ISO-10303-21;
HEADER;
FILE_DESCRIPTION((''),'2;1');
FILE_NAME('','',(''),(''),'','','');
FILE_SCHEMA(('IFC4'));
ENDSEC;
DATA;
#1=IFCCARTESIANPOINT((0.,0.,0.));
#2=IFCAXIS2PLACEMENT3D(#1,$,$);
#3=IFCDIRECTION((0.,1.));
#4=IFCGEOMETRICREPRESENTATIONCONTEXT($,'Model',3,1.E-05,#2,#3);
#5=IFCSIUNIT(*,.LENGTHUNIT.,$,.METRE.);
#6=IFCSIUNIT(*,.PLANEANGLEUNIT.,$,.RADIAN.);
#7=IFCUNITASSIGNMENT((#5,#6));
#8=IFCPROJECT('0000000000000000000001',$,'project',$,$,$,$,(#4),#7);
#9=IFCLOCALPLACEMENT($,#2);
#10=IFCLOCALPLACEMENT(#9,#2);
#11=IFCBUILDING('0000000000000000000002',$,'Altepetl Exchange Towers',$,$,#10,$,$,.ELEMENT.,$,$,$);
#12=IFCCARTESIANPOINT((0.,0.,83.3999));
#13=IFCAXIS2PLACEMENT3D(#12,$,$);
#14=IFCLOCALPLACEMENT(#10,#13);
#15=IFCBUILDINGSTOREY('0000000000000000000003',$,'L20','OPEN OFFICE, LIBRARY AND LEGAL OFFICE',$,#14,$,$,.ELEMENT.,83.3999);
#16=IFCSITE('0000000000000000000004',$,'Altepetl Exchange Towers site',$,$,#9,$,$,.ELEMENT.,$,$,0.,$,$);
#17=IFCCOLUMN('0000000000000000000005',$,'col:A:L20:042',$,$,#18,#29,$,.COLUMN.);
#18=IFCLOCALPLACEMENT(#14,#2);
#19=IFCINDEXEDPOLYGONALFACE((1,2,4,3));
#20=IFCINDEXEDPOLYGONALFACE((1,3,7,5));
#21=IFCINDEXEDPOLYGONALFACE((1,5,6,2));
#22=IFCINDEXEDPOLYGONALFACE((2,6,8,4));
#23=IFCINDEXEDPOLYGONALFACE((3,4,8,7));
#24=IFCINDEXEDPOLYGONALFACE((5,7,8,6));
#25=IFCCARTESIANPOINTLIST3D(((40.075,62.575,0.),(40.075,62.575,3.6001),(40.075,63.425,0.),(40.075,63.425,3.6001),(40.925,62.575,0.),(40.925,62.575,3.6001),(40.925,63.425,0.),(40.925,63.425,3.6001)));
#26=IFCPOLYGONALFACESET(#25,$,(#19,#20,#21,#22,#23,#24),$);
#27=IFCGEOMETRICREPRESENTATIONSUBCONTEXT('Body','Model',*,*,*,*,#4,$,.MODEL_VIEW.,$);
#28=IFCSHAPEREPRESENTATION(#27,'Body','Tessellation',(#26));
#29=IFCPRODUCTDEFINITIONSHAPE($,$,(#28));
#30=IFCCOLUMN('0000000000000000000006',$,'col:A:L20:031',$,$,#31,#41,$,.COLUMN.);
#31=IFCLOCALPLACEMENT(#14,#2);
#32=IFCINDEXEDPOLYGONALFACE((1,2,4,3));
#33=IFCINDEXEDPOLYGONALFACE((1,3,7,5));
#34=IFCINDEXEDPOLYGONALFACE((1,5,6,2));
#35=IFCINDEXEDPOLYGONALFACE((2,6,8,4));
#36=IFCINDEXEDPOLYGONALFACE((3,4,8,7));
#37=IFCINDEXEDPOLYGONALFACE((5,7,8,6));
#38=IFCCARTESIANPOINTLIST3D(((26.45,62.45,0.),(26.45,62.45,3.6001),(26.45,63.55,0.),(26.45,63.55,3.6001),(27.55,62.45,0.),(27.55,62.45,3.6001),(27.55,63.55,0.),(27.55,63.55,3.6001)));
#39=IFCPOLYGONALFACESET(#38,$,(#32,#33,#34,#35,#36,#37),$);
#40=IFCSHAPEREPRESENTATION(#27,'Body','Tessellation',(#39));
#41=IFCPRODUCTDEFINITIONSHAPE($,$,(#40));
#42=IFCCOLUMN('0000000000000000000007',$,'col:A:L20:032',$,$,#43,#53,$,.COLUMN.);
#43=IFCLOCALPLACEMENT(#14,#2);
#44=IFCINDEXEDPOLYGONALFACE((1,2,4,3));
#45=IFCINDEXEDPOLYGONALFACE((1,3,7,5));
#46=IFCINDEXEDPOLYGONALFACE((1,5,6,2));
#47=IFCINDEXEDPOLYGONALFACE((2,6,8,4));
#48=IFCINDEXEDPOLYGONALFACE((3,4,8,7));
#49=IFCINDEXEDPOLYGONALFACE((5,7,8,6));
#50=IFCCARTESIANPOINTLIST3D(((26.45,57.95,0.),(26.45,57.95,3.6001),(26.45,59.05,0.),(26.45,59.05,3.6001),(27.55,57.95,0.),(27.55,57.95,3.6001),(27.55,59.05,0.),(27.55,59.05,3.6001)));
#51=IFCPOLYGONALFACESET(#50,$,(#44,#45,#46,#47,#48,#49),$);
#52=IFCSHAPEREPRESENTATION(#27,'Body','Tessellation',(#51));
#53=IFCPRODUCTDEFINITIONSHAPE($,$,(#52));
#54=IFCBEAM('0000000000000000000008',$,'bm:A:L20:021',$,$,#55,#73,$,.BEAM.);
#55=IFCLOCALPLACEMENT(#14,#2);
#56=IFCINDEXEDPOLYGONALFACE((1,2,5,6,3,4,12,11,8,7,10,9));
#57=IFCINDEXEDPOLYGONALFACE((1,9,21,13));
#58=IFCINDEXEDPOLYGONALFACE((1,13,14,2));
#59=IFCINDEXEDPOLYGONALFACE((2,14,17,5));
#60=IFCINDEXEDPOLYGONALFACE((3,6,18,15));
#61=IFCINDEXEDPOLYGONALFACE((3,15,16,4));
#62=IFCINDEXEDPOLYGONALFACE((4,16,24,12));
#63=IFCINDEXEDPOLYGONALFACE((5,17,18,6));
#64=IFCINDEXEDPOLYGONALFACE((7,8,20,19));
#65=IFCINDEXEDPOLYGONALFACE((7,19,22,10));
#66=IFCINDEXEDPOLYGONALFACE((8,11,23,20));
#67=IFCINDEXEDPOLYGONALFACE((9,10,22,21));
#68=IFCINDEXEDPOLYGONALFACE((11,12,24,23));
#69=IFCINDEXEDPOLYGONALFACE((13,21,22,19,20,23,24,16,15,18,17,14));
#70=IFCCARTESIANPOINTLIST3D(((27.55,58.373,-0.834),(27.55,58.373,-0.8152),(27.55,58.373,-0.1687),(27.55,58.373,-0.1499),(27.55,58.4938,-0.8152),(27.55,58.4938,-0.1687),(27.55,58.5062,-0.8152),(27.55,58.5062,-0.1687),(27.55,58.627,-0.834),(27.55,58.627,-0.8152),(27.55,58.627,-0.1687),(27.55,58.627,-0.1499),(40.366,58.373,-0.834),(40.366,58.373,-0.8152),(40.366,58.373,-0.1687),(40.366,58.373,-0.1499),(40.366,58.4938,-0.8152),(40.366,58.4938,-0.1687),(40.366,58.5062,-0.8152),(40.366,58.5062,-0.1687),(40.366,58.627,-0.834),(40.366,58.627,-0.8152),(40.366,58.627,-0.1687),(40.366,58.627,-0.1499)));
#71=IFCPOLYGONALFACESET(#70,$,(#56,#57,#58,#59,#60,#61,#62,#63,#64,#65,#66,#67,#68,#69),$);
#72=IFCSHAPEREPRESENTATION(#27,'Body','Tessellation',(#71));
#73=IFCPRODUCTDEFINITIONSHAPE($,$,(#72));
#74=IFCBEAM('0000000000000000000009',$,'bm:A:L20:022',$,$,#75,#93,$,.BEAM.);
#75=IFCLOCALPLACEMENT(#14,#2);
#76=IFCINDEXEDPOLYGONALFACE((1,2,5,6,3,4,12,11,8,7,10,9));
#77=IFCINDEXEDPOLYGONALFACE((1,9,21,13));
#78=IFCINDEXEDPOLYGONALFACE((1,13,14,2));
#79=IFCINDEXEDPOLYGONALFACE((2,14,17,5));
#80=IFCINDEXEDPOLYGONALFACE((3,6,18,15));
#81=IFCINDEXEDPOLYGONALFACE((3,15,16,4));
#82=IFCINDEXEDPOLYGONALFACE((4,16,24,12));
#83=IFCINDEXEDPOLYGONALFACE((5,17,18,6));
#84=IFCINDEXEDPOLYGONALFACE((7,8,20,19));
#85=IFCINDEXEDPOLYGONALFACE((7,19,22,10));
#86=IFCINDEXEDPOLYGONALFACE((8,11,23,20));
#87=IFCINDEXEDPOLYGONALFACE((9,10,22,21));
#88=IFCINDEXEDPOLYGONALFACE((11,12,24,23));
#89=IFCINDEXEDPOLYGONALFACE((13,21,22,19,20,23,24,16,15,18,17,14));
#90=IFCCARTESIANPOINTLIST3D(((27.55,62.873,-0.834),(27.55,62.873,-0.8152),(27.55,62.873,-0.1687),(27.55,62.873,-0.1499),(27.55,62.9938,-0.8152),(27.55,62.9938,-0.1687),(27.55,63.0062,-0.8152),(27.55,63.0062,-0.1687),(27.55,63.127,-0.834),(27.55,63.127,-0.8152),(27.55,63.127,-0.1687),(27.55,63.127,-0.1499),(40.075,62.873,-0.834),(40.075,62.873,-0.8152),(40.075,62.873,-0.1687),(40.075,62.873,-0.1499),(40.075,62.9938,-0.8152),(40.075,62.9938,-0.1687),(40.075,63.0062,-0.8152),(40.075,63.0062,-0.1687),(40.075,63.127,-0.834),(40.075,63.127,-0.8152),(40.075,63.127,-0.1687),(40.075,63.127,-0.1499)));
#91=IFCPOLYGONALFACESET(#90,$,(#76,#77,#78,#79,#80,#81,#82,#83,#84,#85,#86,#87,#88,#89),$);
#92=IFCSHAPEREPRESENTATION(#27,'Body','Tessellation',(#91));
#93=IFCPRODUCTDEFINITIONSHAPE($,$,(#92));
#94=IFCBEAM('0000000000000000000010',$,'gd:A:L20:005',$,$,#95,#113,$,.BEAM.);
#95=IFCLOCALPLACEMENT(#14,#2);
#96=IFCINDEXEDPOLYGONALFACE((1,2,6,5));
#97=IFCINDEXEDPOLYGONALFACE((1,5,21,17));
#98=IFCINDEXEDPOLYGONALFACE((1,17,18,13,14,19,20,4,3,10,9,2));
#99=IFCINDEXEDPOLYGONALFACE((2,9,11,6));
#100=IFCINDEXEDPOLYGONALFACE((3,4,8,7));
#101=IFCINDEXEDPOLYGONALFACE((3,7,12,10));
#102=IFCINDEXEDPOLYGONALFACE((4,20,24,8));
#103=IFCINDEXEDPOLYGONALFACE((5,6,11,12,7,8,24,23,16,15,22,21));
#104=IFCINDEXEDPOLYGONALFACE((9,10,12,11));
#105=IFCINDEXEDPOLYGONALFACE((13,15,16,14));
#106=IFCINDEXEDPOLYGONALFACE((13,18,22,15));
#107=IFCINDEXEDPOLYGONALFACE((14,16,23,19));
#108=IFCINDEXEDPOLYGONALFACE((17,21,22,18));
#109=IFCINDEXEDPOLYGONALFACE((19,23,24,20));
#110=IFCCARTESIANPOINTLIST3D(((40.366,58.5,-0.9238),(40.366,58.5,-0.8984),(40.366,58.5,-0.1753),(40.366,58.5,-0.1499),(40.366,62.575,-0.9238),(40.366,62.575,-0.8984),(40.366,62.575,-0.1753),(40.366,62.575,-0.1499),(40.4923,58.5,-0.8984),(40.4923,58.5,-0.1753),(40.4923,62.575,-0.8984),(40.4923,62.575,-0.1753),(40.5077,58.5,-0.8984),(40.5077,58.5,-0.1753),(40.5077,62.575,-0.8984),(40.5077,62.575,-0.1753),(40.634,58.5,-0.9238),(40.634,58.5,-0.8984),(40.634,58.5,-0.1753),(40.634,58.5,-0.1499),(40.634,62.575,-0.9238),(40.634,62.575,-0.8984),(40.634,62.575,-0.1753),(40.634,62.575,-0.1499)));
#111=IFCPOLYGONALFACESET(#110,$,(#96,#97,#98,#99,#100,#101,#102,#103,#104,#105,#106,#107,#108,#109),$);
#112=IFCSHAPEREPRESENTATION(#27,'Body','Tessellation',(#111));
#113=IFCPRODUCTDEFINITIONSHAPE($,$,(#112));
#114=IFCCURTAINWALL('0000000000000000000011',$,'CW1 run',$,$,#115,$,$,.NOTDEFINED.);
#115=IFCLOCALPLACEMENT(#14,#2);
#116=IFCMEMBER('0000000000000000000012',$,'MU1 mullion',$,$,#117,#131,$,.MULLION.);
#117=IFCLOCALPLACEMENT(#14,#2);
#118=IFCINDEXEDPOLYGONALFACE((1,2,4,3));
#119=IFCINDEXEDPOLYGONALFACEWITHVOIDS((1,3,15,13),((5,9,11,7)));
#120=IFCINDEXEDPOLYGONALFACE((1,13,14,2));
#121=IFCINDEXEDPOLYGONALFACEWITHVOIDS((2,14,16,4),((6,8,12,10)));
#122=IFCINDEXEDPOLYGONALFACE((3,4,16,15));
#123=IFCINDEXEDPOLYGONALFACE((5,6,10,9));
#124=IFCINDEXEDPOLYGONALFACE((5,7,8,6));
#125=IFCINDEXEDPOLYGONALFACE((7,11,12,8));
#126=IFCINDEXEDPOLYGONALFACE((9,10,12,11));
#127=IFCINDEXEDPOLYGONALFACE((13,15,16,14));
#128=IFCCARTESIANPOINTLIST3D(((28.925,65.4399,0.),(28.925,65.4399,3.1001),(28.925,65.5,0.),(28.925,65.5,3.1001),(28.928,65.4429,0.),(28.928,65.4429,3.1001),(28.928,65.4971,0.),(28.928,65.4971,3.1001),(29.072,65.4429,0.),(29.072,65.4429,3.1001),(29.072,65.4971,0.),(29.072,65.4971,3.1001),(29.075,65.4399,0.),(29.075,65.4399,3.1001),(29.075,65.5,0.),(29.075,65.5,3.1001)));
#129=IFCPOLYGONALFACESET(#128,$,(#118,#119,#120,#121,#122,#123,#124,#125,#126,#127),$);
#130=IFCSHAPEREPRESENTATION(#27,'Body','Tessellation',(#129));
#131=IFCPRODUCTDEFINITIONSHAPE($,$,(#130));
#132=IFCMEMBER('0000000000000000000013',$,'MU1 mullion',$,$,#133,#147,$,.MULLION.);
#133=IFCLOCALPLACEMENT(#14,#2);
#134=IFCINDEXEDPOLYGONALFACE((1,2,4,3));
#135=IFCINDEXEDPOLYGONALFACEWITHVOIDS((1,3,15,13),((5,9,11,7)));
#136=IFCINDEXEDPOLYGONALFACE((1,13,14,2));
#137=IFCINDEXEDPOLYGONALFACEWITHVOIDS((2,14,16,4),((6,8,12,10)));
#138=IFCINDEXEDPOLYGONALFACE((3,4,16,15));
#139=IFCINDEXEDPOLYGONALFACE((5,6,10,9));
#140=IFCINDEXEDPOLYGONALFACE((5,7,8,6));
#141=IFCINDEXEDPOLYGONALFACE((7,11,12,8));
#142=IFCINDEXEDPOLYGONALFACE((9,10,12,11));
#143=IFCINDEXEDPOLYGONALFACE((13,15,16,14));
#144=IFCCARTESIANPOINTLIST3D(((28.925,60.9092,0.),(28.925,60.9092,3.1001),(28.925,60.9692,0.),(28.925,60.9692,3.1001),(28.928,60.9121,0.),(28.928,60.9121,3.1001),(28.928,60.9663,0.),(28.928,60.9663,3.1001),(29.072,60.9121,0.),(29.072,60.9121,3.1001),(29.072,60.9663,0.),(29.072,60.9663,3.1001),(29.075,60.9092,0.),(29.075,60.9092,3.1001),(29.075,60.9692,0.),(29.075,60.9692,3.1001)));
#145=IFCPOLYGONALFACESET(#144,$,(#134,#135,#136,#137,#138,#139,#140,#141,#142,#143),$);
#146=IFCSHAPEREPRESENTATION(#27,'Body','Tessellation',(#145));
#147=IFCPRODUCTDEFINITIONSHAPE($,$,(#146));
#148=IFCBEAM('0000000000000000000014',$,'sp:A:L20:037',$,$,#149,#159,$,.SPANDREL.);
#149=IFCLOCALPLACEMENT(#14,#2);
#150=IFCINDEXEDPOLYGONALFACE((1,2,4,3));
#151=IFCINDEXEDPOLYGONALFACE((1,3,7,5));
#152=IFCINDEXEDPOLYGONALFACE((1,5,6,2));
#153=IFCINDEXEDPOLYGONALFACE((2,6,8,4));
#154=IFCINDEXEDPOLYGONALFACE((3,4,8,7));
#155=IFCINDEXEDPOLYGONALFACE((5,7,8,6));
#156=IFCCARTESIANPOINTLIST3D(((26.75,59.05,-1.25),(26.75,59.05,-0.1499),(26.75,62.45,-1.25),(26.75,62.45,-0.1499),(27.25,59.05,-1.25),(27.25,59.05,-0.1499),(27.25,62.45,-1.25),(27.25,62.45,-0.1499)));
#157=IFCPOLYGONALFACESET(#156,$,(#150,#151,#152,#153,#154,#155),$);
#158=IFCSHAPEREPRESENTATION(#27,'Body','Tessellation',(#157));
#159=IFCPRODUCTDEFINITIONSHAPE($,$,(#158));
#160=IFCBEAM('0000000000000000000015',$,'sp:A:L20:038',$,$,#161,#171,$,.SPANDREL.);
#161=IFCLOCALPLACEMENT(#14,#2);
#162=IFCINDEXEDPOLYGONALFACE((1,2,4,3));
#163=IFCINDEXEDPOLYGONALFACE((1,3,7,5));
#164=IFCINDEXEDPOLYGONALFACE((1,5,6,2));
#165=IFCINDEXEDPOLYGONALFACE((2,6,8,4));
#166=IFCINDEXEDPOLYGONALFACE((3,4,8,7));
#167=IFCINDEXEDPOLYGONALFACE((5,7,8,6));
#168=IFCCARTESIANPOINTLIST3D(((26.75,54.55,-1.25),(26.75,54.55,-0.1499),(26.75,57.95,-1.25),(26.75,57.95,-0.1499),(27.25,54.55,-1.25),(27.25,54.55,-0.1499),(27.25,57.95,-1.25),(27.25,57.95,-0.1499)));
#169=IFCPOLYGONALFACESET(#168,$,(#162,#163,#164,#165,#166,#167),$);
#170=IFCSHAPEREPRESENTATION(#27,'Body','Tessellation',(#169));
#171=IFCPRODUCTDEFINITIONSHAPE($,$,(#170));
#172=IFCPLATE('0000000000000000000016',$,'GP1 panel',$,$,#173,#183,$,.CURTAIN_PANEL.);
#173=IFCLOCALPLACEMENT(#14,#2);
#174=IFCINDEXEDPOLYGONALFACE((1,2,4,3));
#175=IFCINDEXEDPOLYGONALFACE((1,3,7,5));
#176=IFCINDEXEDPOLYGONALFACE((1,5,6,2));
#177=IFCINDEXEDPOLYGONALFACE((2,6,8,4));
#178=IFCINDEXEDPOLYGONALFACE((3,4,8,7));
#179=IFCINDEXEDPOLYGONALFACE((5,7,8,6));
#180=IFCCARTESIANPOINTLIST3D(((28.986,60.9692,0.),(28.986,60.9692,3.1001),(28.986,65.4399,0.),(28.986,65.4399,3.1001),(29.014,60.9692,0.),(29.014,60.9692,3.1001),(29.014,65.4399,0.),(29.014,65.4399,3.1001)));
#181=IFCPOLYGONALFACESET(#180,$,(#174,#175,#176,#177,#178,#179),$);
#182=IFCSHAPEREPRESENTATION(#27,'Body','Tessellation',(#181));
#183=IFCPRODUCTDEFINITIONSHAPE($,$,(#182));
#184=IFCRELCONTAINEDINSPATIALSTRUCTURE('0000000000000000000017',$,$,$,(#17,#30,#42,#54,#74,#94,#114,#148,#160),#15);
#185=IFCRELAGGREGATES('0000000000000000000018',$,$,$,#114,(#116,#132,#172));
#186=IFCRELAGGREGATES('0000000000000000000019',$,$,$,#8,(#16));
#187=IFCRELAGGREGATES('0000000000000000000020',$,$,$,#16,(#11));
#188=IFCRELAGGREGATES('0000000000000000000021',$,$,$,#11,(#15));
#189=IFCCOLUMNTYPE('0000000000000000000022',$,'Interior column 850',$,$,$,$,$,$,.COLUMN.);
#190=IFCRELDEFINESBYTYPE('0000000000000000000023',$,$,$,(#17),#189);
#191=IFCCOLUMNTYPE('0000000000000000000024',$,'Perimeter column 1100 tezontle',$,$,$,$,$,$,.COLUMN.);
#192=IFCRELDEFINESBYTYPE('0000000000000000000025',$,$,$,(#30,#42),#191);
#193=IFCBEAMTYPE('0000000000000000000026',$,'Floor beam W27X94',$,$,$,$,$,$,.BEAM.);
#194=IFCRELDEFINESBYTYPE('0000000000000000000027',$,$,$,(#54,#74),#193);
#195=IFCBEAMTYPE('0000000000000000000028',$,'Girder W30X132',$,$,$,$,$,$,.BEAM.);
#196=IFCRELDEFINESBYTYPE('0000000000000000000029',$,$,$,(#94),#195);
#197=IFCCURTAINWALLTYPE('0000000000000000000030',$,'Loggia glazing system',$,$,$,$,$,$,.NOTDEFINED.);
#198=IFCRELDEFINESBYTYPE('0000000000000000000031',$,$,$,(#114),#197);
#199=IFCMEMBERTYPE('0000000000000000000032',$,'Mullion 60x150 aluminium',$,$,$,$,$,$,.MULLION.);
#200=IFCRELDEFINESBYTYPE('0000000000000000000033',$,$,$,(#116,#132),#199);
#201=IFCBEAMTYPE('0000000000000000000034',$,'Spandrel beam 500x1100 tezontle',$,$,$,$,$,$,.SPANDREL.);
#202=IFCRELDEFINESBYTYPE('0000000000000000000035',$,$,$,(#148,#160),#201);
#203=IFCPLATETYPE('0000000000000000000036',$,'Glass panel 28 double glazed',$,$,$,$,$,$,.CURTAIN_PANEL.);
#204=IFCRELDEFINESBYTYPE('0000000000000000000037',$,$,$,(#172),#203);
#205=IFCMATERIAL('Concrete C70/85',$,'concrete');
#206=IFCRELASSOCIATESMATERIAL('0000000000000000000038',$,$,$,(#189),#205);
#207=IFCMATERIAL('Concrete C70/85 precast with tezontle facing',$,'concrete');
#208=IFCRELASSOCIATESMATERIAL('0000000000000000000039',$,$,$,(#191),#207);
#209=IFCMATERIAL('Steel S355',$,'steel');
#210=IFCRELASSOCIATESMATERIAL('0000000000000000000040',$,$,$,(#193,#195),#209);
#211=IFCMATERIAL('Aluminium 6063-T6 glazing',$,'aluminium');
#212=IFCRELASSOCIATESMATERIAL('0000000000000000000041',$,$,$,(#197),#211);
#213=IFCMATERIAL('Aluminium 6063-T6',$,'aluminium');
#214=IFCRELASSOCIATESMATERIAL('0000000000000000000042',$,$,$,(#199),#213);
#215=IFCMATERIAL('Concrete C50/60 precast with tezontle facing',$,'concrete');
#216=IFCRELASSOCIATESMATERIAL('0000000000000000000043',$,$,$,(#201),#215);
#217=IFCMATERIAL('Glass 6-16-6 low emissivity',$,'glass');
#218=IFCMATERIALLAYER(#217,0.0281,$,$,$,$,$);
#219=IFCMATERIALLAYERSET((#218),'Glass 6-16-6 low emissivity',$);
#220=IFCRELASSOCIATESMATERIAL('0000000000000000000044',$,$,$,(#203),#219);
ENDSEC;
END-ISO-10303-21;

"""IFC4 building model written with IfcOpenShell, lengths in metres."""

from ifc_helpers import new_model, si_unit, direction, frame, origin, origin_2d, place, context, subcontext, project, spatial, rectangle, hollow_rectangle, i_section, extrude, material, layer, layer_set, material_profile, profile_set, type_object, element, aggregate, save


model = new_model("IFC4")

# Units and contexts
model_context = context("Model", 3, precision=1e-05, world=origin(), true_north=direction((0.0, 1.0)))
body_context = subcontext(model_context, "Body", "Model", "MODEL_VIEW")
ifc_project = project(units=[si_unit("LENGTHUNIT", "METRE"), si_unit("PLANEANGLEUNIT", "RADIAN")], contexts=[model_context])

# Site, building, storey
site_placement = place(None, origin())
site = spatial("IfcSite", under=ifc_project, at=site_placement, Name="Altepetl Exchange Towers site", CompositionType="ELEMENT", RefElevation=0.0)
building_placement = place(site_placement, origin())
building = spatial("IfcBuilding", under=site, at=building_placement, Name="Altepetl Exchange Towers", CompositionType="ELEMENT")
storey_placement = place(building_placement, frame((0.0, 0.0, 83.3999)))
storey = spatial("IfcBuildingStorey", under=building, at=storey_placement, Name="L20", Description="OPEN OFFICE, LIBRARY AND LEGAL OFFICE", CompositionType="ELEMENT", Elevation=83.3999)

# Columns
ifc_material_1 = material(Name="Concrete C70/85", Category="concrete")
ifc_material_profile_1 = material_profile(ifc_material_1, rectangle(XDim=0.8501, YDim=0.8501, at=origin_2d()), Name="850 x 850")
ifc_profile_set_1 = profile_set([ifc_material_profile_1], Name="Concrete C70/85")
column_type_1 = type_object("IfcColumnType", Name="Interior column 850", PredefinedType="COLUMN", material=ifc_profile_set_1)
column_placement = place(storey_placement, frame((40.5, 63.0, 0.0)))
element("IfcColumn", 1, at=column_placement, inside=storey, type_object=column_type_1, Name="col:A:L20:042", PredefinedType="COLUMN", context=body_context, shape_type="SweptSolid", body=[
    extrude(rectangle(XDim=0.8501, YDim=0.8501, at=origin_2d()), origin(), (0.0, 0.0, 1.0), 3.6001),
])
ifc_material_2 = material(Name="Concrete C70/85 precast with tezontle facing", Category="concrete")
ifc_material_profile_2 = material_profile(ifc_material_2, rectangle(XDim=1.1001, YDim=1.1001, at=origin_2d()), Name="1100 x 1100")
ifc_profile_set_2 = profile_set([ifc_material_profile_2], Name="Concrete C70/85 precast with tezontle facing")
column_type_2 = type_object("IfcColumnType", Name="Perimeter column 1100 tezontle", PredefinedType="COLUMN", material=ifc_profile_set_2)
for number, where, name in (
    (2, (27.0, 63.0, 0.0), "col:A:L20:031"),
    (3, (27.0, 58.5, 0.0), "col:A:L20:032"),
):
    element("IfcColumn", number, at=place(storey_placement, frame(where)), inside=storey, type_object=column_type_2, Name=name, PredefinedType="COLUMN", context=body_context, shape_type="SweptSolid", body=[
        extrude(rectangle(XDim=1.1001, YDim=1.1001, at=origin_2d()), origin(), (0.0, 0.0, 1.0), 3.6001),
    ])

# Beams
ifc_material_3 = material(Name="Steel S355", Category="steel")
ifc_material_profile_3 = material_profile(ifc_material_3, i_section(OverallWidth=0.2539, OverallDepth=0.6841, WebThickness=0.0125, FlangeThickness=0.0188, at=origin_2d()), Name="W27X94")
ifc_profile_set_3 = profile_set([ifc_material_profile_3], Name="Steel S355")
beam_type_1 = type_object("IfcBeamType", Name="Floor beam W27X94", PredefinedType="BEAM", material=ifc_profile_set_3)
beam_1_placement = place(storey_placement, frame((27.55, 58.5, -0.4919), z_axis=(1.0, 0.0, 0.0), x_axis=(0.0, 1.0, 0.0)))
element("IfcBeam", 4, at=beam_1_placement, inside=storey, type_object=beam_type_1, Name="bm:A:L20:021", PredefinedType="BEAM", context=body_context, shape_type="SweptSolid", body=[
    extrude(i_section(OverallWidth=0.2539, OverallDepth=0.6841, WebThickness=0.0125, FlangeThickness=0.0188, at=origin_2d()), origin(), (0.0, 0.0, 1.0), 12.8159),
])
beam_2_placement = place(storey_placement, frame((27.55, 63.0, -0.4919), z_axis=(1.0, 0.0, 0.0), x_axis=(0.0, 1.0, 0.0)))
element("IfcBeam", 5, at=beam_2_placement, inside=storey, type_object=beam_type_1, Name="bm:A:L20:022", PredefinedType="BEAM", context=body_context, shape_type="SweptSolid", body=[
    extrude(i_section(OverallWidth=0.2539, OverallDepth=0.6841, WebThickness=0.0125, FlangeThickness=0.0188, at=origin_2d()), origin(), (0.0, 0.0, 1.0), 12.5249),
])
ifc_material_profile_4 = material_profile(ifc_material_3, i_section(OverallWidth=0.2681, OverallDepth=0.7739, WebThickness=0.0154, FlangeThickness=0.0254, at=origin_2d()), Name="W30X132")
ifc_profile_set_4 = profile_set([ifc_material_profile_4], Name="Steel S355")
beam_type_2 = type_object("IfcBeamType", Name="Girder W30X132", PredefinedType="BEAM", material=ifc_profile_set_4)
beam_3_placement = place(storey_placement, frame((40.5, 62.575, -0.5369), z_axis=(0.0, -1.0, 0.0), x_axis=(1.0, 0.0, 0.0)))
element("IfcBeam", 6, at=beam_3_placement, inside=storey, type_object=beam_type_2, Name="gd:A:L20:005", PredefinedType="BEAM", context=body_context, shape_type="SweptSolid", body=[
    extrude(i_section(OverallWidth=0.2681, OverallDepth=0.7739, WebThickness=0.0154, FlangeThickness=0.0254, at=origin_2d()), origin(), (0.0, 0.0, 1.0), 4.075),
])

# Curtain wall, members
ifc_material_4 = material(Name="Aluminium 6063-T6 glazing", Category="aluminium")
curtain_wall_type = type_object("IfcCurtainWallType", Name="Loggia glazing system", PredefinedType="NOTDEFINED", material=ifc_material_4)
curtain_wall_placement = place(storey_placement, origin())
curtain_wall = element("IfcCurtainWall", 7, at=curtain_wall_placement, inside=storey, type_object=curtain_wall_type, Name="CW1 run", PredefinedType="NOTDEFINED")
ifc_material_5 = material(Name="Aluminium 6063-T6", Category="aluminium")
ifc_material_profile_5 = material_profile(ifc_material_5, hollow_rectangle(XDim=0.0601, YDim=0.1499, WallThickness=0.0029, at=origin_2d()), Name="Mullion 60x150 aluminium")
ifc_profile_set_5 = profile_set([ifc_material_profile_5], Name="Aluminium 6063-T6")
member_type = type_object("IfcMemberType", Name="Mullion 60x150 aluminium", PredefinedType="MULLION", material=ifc_profile_set_5)
member_1_placement = place(storey_placement, frame((29.0, 65.47, 0.0), z_axis=(0.0, 0.0, 1.0), x_axis=(0.0, -1.0, 0.0)))
member_1 = element("IfcMember", 8, at=member_1_placement, type_object=member_type, Name="MU1 mullion", PredefinedType="MULLION", context=body_context, shape_type="SweptSolid", body=[
    extrude(hollow_rectangle(XDim=0.0601, YDim=0.1499, WallThickness=0.0029, at=origin_2d()), origin(), (0.0, 0.0, 1.0), 3.1001),
])
member_2_placement = place(storey_placement, frame((29.0, 60.9392, 0.0), z_axis=(0.0, 0.0, 1.0), x_axis=(0.0, -1.0, 0.0)))
member_2 = element("IfcMember", 9, at=member_2_placement, type_object=member_type, Name="MU1 mullion", PredefinedType="MULLION", context=body_context, shape_type="SweptSolid", body=[
    extrude(hollow_rectangle(XDim=0.0601, YDim=0.1499, WallThickness=0.0029, at=origin_2d()), origin(), (0.0, 0.0, 1.0), 3.1001),
])

# Beams
ifc_material_6 = material(Name="Concrete C50/60 precast with tezontle facing", Category="concrete")
ifc_material_profile_6 = material_profile(ifc_material_6, rectangle(XDim=0.5, YDim=1.1001, at=origin_2d()), Name="500 x 1100")
ifc_profile_set_6 = profile_set([ifc_material_profile_6], Name="Concrete C50/60 precast with tezontle facing")
beam_type_3 = type_object("IfcBeamType", Name="Spandrel beam 500x1100 tezontle", PredefinedType="SPANDREL", material=ifc_profile_set_6)
for number, where, z_axis, x_axis, name in (
    (10, (27.0, 62.45, -0.7), (0.0, -1.0, 0.0), (1.0, 0.0, 0.0), "sp:A:L20:037"),
    (11, (27.0, 57.95, -0.7), (0.0, -1.0, 0.0), (1.0, 0.0, 0.0), "sp:A:L20:038"),
):
    element("IfcBeam", number, at=place(storey_placement, frame(where, z_axis=z_axis, x_axis=x_axis)), inside=storey, type_object=beam_type_3, Name=name, PredefinedType="SPANDREL", context=body_context, shape_type="SweptSolid", body=[
        extrude(rectangle(XDim=0.5, YDim=1.1001, at=origin_2d()), origin(), (0.0, 0.0, 1.0), 3.3999),
    ])

# Plate
ifc_material_7 = material(Name="Glass 6-16-6 low emissivity", Category="glass")
ifc_layer_1 = layer(ifc_material_7, 0.0281)
ifc_layer_set_1 = layer_set([ifc_layer_1], Name="Glass 6-16-6 low emissivity")
plate_type = type_object("IfcPlateType", Name="Glass panel 28 double glazed", PredefinedType="CURTAIN_PANEL", material=ifc_layer_set_1)
plate_1_placement = place(storey_placement, frame((29.0, 63.2046, 0.0), z_axis=(0.0, 0.0, 1.0), x_axis=(0.0, -1.0, 0.0)))
plate_1 = element("IfcPlate", 12, at=plate_1_placement, type_object=plate_type, Name="GP1 panel", PredefinedType="CURTAIN_PANEL", context=body_context, shape_type="SweptSolid", body=[
    extrude(rectangle(XDim=4.4707, YDim=0.0281, at=origin_2d()), origin(), (0.0, 0.0, 1.0), 3.1001),
])
aggregate(curtain_wall, [member_1, member_2, plate_1])

save(model, "model.ifc")
